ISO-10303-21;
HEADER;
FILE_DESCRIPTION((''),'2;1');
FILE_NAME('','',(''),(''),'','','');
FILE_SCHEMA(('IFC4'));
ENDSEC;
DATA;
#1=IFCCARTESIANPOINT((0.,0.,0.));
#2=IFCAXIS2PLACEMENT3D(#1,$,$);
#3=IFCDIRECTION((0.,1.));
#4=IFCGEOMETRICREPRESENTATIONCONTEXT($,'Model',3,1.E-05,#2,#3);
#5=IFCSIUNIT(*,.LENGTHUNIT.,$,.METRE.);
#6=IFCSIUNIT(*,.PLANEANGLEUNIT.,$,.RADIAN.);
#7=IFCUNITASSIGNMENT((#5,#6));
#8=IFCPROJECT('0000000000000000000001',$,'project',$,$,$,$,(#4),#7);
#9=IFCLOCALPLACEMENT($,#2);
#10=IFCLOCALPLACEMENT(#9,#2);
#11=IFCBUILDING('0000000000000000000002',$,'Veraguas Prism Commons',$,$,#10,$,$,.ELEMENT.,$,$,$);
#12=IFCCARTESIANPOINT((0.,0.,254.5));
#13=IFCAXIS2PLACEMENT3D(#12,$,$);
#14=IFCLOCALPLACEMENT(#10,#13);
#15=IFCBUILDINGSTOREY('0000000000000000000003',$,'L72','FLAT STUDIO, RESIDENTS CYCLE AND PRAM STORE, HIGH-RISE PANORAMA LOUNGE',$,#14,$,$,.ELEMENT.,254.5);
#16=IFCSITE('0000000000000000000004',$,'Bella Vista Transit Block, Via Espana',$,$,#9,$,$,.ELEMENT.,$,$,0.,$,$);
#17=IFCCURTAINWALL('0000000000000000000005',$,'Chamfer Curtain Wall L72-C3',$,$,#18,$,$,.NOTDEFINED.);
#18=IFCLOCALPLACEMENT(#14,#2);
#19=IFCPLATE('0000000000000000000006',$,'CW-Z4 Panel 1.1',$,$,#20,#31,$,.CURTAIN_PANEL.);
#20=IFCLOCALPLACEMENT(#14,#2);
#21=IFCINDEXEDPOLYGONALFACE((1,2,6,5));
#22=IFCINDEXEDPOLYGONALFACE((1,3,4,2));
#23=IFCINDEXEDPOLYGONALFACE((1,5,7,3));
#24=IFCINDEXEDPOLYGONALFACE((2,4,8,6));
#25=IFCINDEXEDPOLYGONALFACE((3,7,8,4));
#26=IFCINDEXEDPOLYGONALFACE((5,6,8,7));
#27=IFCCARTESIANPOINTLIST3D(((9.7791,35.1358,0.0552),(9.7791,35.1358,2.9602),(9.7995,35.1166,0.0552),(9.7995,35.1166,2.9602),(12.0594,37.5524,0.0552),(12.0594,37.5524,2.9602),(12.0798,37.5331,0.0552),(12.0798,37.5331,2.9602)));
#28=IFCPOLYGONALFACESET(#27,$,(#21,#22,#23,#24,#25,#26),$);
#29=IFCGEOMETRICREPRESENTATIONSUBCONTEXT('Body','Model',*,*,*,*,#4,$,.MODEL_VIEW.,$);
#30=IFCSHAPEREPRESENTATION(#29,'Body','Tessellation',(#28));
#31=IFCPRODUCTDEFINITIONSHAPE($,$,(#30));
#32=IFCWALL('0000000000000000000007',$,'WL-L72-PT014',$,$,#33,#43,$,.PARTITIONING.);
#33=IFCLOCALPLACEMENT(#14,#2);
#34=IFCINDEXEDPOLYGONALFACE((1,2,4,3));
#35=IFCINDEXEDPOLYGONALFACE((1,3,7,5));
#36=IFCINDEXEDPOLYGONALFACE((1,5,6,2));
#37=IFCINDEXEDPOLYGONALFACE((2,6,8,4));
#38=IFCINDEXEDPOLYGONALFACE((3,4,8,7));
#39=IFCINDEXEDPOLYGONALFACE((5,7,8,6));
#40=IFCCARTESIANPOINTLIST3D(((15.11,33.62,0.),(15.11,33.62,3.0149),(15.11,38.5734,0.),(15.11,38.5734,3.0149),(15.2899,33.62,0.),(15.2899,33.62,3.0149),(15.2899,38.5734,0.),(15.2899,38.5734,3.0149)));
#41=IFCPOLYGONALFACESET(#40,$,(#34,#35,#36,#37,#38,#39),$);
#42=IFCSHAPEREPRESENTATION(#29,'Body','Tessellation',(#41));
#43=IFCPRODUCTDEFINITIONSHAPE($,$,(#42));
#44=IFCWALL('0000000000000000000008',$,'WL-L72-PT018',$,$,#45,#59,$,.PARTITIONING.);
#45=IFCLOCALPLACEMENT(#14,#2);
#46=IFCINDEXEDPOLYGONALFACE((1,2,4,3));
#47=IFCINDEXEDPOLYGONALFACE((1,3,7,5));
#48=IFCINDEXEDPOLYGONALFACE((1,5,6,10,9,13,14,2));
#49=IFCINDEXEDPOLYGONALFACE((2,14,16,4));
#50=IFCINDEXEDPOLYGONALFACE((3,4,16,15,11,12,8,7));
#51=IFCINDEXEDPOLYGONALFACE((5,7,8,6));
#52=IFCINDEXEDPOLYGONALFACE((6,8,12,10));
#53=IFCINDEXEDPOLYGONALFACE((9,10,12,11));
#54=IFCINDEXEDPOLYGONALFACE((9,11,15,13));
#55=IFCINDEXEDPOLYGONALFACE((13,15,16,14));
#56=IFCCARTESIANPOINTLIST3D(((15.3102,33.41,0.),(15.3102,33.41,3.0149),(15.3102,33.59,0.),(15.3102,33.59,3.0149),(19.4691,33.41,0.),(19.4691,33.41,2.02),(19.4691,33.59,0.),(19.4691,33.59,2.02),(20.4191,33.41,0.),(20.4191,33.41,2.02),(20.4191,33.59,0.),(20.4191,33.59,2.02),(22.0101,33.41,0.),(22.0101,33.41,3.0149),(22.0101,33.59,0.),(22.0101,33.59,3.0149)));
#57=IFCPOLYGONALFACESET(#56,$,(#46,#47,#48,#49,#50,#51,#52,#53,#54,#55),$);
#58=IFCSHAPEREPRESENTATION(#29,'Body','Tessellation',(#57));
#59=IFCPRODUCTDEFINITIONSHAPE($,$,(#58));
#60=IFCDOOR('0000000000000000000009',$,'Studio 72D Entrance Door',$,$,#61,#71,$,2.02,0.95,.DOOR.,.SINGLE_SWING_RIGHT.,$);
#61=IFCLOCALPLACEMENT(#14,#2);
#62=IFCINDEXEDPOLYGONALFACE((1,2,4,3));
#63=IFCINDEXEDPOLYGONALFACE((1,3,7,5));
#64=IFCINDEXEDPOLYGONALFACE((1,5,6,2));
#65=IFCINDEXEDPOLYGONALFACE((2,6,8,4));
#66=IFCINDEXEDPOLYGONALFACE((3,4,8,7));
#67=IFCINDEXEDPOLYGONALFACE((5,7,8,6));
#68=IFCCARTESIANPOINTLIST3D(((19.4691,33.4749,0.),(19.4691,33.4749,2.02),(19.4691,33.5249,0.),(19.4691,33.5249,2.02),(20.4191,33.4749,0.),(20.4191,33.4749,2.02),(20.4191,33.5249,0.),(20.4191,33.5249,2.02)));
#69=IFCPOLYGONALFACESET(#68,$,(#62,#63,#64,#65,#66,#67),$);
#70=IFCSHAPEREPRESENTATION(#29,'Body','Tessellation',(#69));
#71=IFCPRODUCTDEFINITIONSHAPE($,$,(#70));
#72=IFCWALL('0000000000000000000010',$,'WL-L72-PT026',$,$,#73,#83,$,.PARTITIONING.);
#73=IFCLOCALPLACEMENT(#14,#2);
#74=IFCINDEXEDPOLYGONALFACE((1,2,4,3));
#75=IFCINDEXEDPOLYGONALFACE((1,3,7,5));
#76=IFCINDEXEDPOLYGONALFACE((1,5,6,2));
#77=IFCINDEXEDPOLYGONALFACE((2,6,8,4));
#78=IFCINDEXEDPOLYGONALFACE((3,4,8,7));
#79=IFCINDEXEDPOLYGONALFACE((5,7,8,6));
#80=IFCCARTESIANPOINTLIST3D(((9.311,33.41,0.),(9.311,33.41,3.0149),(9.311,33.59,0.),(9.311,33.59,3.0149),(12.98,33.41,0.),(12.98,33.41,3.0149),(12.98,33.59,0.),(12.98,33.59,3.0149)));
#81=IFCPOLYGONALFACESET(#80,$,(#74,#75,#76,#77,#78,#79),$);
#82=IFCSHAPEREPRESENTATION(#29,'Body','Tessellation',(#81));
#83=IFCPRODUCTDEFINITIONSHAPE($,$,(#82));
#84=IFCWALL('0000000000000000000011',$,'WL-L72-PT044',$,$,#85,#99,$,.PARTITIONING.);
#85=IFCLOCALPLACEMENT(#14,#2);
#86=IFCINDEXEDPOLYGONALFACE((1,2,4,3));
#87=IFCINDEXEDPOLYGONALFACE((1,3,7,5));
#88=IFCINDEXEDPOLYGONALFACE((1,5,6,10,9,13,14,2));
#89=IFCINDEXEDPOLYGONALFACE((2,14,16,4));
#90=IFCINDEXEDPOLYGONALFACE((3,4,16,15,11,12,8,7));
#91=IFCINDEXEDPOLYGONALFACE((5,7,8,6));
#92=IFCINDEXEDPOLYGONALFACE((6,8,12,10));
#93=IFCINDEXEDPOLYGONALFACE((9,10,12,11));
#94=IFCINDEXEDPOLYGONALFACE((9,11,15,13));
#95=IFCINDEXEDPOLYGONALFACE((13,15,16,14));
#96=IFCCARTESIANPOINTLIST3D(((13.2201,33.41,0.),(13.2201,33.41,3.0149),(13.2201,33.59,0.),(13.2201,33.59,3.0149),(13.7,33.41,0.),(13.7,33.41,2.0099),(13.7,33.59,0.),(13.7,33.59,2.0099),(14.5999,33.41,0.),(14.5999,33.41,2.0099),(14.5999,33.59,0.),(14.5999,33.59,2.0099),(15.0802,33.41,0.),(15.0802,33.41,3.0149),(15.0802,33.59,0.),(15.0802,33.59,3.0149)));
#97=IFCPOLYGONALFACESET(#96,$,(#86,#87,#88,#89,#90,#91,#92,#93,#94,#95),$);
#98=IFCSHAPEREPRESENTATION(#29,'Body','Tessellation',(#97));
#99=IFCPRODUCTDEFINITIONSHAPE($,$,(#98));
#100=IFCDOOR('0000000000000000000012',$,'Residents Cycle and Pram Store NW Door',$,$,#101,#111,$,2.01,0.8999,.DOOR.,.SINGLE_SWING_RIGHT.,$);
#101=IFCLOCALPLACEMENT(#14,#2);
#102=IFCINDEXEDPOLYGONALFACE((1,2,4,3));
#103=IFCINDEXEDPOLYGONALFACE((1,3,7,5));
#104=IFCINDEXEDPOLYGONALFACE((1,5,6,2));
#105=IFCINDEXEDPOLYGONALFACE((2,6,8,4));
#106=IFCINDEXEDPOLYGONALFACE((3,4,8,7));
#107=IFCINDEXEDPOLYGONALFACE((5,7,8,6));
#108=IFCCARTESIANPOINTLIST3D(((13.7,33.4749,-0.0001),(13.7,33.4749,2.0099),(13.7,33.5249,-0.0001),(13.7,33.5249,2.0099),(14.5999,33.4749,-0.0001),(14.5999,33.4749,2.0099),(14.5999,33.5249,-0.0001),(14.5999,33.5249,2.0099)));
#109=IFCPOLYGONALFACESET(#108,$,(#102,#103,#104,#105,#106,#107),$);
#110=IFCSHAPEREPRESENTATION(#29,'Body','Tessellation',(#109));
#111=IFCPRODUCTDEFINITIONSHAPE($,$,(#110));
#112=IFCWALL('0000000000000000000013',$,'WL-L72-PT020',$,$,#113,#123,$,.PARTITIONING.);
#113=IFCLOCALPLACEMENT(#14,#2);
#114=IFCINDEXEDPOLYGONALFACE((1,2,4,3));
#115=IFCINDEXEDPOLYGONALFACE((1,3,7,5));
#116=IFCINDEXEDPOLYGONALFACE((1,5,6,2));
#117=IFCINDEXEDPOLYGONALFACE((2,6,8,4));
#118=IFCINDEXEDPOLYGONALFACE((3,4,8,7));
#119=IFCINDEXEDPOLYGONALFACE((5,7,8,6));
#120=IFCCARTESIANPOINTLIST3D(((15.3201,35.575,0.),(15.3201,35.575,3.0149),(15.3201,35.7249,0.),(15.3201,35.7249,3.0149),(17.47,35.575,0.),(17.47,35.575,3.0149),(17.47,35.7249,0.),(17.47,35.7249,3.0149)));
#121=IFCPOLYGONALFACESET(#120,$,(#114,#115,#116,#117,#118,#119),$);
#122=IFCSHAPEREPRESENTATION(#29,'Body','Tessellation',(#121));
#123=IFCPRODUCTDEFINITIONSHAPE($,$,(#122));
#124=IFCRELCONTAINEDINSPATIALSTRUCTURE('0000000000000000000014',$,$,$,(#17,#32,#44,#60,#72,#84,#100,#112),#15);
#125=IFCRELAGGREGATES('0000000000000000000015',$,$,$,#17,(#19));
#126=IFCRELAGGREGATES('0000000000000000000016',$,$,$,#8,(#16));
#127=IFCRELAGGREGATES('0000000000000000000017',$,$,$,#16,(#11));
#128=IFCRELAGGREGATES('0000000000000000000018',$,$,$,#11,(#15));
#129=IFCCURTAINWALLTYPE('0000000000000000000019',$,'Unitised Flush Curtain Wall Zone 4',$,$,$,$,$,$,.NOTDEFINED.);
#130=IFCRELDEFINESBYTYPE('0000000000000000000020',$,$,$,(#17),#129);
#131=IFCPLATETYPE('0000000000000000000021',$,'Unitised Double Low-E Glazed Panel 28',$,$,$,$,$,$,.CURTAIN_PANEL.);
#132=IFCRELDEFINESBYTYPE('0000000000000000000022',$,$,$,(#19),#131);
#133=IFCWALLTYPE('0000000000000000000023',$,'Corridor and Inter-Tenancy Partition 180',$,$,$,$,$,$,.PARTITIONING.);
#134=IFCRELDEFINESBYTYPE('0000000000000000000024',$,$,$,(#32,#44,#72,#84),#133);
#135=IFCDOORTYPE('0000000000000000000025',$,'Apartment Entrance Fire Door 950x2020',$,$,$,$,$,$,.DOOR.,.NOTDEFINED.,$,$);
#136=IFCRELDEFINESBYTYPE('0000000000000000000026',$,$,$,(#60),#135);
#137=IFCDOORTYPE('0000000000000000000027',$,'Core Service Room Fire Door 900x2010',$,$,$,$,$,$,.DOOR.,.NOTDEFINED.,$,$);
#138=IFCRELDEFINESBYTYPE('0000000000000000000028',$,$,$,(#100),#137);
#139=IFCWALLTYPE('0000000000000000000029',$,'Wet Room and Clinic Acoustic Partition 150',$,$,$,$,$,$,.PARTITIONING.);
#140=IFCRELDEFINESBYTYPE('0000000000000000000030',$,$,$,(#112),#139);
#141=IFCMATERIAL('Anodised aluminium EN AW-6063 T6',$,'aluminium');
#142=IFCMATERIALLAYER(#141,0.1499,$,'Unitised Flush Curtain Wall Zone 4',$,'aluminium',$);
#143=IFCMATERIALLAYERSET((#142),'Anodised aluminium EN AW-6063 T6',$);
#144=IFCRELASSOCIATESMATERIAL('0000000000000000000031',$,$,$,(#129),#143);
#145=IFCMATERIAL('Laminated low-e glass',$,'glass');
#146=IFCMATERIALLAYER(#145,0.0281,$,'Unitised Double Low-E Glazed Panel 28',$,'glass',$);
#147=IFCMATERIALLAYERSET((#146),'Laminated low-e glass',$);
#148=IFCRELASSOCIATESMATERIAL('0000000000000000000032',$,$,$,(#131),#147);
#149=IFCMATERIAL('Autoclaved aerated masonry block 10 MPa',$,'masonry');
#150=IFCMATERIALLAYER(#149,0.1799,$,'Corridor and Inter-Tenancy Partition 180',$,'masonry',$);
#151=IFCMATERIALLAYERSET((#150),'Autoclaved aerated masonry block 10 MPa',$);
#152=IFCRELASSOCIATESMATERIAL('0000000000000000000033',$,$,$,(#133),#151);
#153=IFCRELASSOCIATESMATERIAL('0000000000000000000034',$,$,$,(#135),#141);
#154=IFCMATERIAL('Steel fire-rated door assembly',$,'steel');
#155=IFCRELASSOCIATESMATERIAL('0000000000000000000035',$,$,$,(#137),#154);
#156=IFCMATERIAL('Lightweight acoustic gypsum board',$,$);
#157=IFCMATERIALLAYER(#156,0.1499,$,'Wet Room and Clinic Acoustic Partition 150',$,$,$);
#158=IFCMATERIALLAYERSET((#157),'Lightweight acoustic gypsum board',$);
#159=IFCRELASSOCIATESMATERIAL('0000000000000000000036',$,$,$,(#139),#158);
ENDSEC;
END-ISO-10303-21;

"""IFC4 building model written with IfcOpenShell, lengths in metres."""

from ifc_helpers import new_model, si_unit, direction, frame, frame_2d, origin, origin_2d, place, context, subcontext, project, spatial, rectangle, extrude, source, transform, mapped, material, layer, layer_set, type_object, element, fill, aggregate, save


model = new_model("IFC4")

# Units and contexts
model_context = context("Model", 3, precision=1e-05, world=origin(), true_north=direction((0.0, 1.0)))
body_context = subcontext(model_context, "Body", "Model", "MODEL_VIEW")
ifc_project = project(units=[si_unit("LENGTHUNIT", "METRE"), si_unit("PLANEANGLEUNIT", "RADIAN")], contexts=[model_context])

# Site, building, storey
site_placement = place(None, origin())
site = spatial("IfcSite", under=ifc_project, at=site_placement, Name="Bella Vista Transit Block, Via Espana", CompositionType="ELEMENT", RefElevation=0.0)
building_placement = place(site_placement, origin())
building = spatial("IfcBuilding", under=site, at=building_placement, Name="Veraguas Prism Commons", CompositionType="ELEMENT")
storey_placement = place(building_placement, frame((0.0, 0.0, 254.5)))
storey = spatial("IfcBuildingStorey", under=building, at=storey_placement, Name="L72", Description="FLAT STUDIO, RESIDENTS CYCLE AND PRAM STORE, HIGH-RISE PANORAMA LOUNGE", CompositionType="ELEMENT", Elevation=254.5)

# Shared definitions
ifc_material_1 = material(Name="Anodised aluminium EN AW-6063 T6", Category="aluminium")
ifc_layer_1 = layer(ifc_material_1, 0.1499, Name="Unitised Flush Curtain Wall Zone 4", Category="aluminium")
ifc_layer_set_1 = layer_set([ifc_layer_1], Name="Anodised aluminium EN AW-6063 T6")
curtain_wall_type = type_object("IfcCurtainWallType", Name="Unitised Flush Curtain Wall Zone 4", PredefinedType="NOTDEFINED", material=ifc_layer_set_1)

# Curtain wall
curtain_wall_1_placement = place(storey_placement, origin())
curtain_wall_1 = element("IfcCurtainWall", 1, at=curtain_wall_1_placement, inside=storey, type_object=curtain_wall_type, Name="Chamfer Curtain Wall L72-C3", PredefinedType="NOTDEFINED")

# Plate
ifc_material_2 = material(Name="Laminated low-e glass", Category="glass")
ifc_layer_2 = layer(ifc_material_2, 0.0281, Name="Unitised Double Low-E Glazed Panel 28", Category="glass")
ifc_layer_set_2 = layer_set([ifc_layer_2], Name="Laminated low-e glass")
plate_type = type_object("IfcPlateType", Name="Unitised Double Low-E Glazed Panel 28", PredefinedType="CURTAIN_PANEL", material=ifc_layer_set_2)
shared_shape_1 = source(origin(), body_context, "Body", "SweptSolid", [
    extrude(rectangle(XDim=3.3225, YDim=0.0281, at=origin_2d()), origin(), (0.0, 0.0, 1.0), 2.905),
])
plate_1_placement = place(storey_placement, frame((10.9294, 36.3345, 0.0552), z_axis=(0.0, 0.0, 1.0), x_axis=(-0.686301, -0.727318, 0.0)))
plate_1 = element("IfcPlate", 2, at=plate_1_placement, type_object=plate_type, Name="CW-Z4 Panel 1.1", PredefinedType="CURTAIN_PANEL", context=body_context, shape_type="MappedRepresentation", body=[
    mapped(shared_shape_1, transform((0.0, 0.0, 0.0), scale=1.0)),
])
aggregate(curtain_wall_1, [plate_1])

# Wall
ifc_material_3 = material(Name="Autoclaved aerated masonry block 10 MPa", Category="masonry")
ifc_layer_3 = layer(ifc_material_3, 0.1799, Name="Corridor and Inter-Tenancy Partition 180", Category="masonry")
ifc_layer_set_3 = layer_set([ifc_layer_3], Name="Autoclaved aerated masonry block 10 MPa")
wall_type_1 = type_object("IfcWallType", Name="Corridor and Inter-Tenancy Partition 180", PredefinedType="PARTITIONING", material=ifc_layer_set_3)
wall_1_placement = place(storey_placement, frame((15.2, 33.6201, 0.0), z_axis=(0.0, 0.0, 1.0), x_axis=(0.0, 1.0, 0.0)))
element("IfcWall", 3, at=wall_1_placement, inside=storey, type_object=wall_type_1, Name="WL-L72-PT014", PredefinedType="PARTITIONING", context=body_context, shape_type="SweptSolid", body=[
    extrude(rectangle(XDim=4.9534, YDim=0.1799, at=frame_2d((2.4766, 0.0))), origin(), (0.0, 0.0, 1.0), 3.0149),
])

# Wall, opening, door
wall_2_placement = place(storey_placement, frame((15.3101, 33.5, 0.0), z_axis=(0.0, 0.0, 1.0), x_axis=(1.0, 0.0, 0.0)))
wall_2 = element("IfcWall", 4, at=wall_2_placement, inside=storey, type_object=wall_type_1, Name="WL-L72-PT018", PredefinedType="PARTITIONING", context=body_context, shape_type="SweptSolid", body=[
    extrude(rectangle(XDim=6.7, YDim=0.1799, at=frame_2d((3.3501, 0.0))), origin(), (0.0, 0.0, 1.0), 3.0149),
])
opening_1_placement = place(wall_2_placement, frame((4.1589, 0.0, 0.0)))
opening_1 = element("IfcOpeningElement", 5, at=opening_1_placement, cuts=wall_2, PredefinedType="OPENING", context=body_context, shape_type="SweptSolid", body=[
    extrude(rectangle(XDim=0.95, YDim=2.02, at=frame_2d((0.4751, 1.01))), frame((0.0, 0.0999, 0.0), z_axis=(0.0, -1.0, 0.0), x_axis=(1.0, 0.0, 0.0)), (0.0, 0.0, 1.0), 0.2),
])
door_type_1 = type_object("IfcDoorType", Name="Apartment Entrance Fire Door 950x2020", OperationType="NOTDEFINED", PredefinedType="DOOR", material=ifc_material_1)
shared_shape_2 = source(origin(), body_context, "Body", "SweptSolid", [
    extrude(rectangle(XDim=0.95, YDim=2.02, at=frame_2d((0.4751, 1.01))), frame((0.0, 0.0249, 0.0), z_axis=(0.0, -1.0, 0.0), x_axis=(1.0, 0.0, 0.0)), (0.0, 0.0, 1.0), 0.05),
])
door_1_placement = place(opening_1_placement, origin())
door_1 = element("IfcDoor", 6, at=door_1_placement, inside=storey, type_object=door_type_1, Name="Studio 72D Entrance Door", OperationType="SINGLE_SWING_RIGHT", OverallHeight=2.02, OverallWidth=0.95, PredefinedType="DOOR", context=body_context, shape_type="MappedRepresentation", body=[
    mapped(shared_shape_2, transform((0.0, 0.0, 0.0), scale=1.0)),
])
fill(opening_1, door_1)

# Wall
wall_3_placement = place(storey_placement, frame((12.98, 33.5, 0.0), z_axis=(0.0, 0.0, 1.0), x_axis=(-1.0, 0.0, 0.0)))
element("IfcWall", 7, at=wall_3_placement, inside=storey, type_object=wall_type_1, Name="WL-L72-PT026", PredefinedType="PARTITIONING", context=body_context, shape_type="SweptSolid", body=[
    extrude(rectangle(XDim=3.6689, YDim=0.1799, at=frame_2d((1.8345, 0.0))), origin(), (0.0, 0.0, 1.0), 3.0149),
])

# Wall, opening, door
wall_4_placement = place(storey_placement, frame((13.22, 33.5, 0.0), z_axis=(0.0, 0.0, 1.0), x_axis=(1.0, 0.0, 0.0)))
wall_4 = element("IfcWall", 8, at=wall_4_placement, inside=storey, type_object=wall_type_1, Name="WL-L72-PT044", PredefinedType="PARTITIONING", context=body_context, shape_type="SweptSolid", body=[
    extrude(rectangle(XDim=1.8601, YDim=0.1799, at=frame_2d((0.9302, 0.0))), origin(), (0.0, 0.0, 1.0), 3.0149),
])
opening_2_placement = place(wall_4_placement, frame((0.48, 0.0, 0.0)))
opening_2 = element("IfcOpeningElement", 9, at=opening_2_placement, cuts=wall_4, PredefinedType="OPENING", context=body_context, shape_type="SweptSolid", body=[
    extrude(rectangle(XDim=0.8999, YDim=2.01, at=frame_2d((0.45, 1.0049))), frame((0.0, 0.0999, 0.0), z_axis=(0.0, -1.0, 0.0), x_axis=(1.0, 0.0, 0.0)), (0.0, 0.0, 1.0), 0.2),
])
ifc_material_4 = material(Name="Steel fire-rated door assembly", Category="steel")
door_type_2 = type_object("IfcDoorType", Name="Core Service Room Fire Door 900x2010", OperationType="NOTDEFINED", PredefinedType="DOOR", material=ifc_material_4)
shared_shape_3 = source(origin(), body_context, "Body", "SweptSolid", [
    extrude(rectangle(XDim=0.8999, YDim=2.01, at=frame_2d((0.45, 1.0049))), frame((0.0, 0.0249, 0.0), z_axis=(0.0, -1.0, 0.0), x_axis=(1.0, 0.0, 0.0)), (0.0, 0.0, 1.0), 0.05),
])
door_2_placement = place(opening_2_placement, origin())
door_2 = element("IfcDoor", 10, at=door_2_placement, inside=storey, type_object=door_type_2, Name="Residents Cycle and Pram Store NW Door", OperationType="SINGLE_SWING_RIGHT", OverallHeight=2.01, OverallWidth=0.8999, PredefinedType="DOOR", context=body_context, shape_type="MappedRepresentation", body=[
    mapped(shared_shape_3, transform((0.0, 0.0, 0.0), scale=1.0)),
])
fill(opening_2, door_2)

# Wall
ifc_material_5 = material(Name="Lightweight acoustic gypsum board")
ifc_layer_4 = layer(ifc_material_5, 0.1499, Name="Wet Room and Clinic Acoustic Partition 150")
ifc_layer_set_4 = layer_set([ifc_layer_4], Name="Lightweight acoustic gypsum board")
wall_type_2 = type_object("IfcWallType", Name="Wet Room and Clinic Acoustic Partition 150", PredefinedType="PARTITIONING", material=ifc_layer_set_4)
wall_5_placement = place(storey_placement, frame((15.3201, 35.6499, 0.0), z_axis=(0.0, 0.0, 1.0), x_axis=(1.0, 0.0, 0.0)))
element("IfcWall", 11, at=wall_5_placement, inside=storey, type_object=wall_type_2, Name="WL-L72-PT020", PredefinedType="PARTITIONING", context=body_context, shape_type="SweptSolid", body=[
    extrude(rectangle(XDim=2.1499, YDim=0.1499, at=frame_2d((1.075, 0.0))), origin(), (0.0, 0.0, 1.0), 3.0149),
])

save(model, "model.ifc")
